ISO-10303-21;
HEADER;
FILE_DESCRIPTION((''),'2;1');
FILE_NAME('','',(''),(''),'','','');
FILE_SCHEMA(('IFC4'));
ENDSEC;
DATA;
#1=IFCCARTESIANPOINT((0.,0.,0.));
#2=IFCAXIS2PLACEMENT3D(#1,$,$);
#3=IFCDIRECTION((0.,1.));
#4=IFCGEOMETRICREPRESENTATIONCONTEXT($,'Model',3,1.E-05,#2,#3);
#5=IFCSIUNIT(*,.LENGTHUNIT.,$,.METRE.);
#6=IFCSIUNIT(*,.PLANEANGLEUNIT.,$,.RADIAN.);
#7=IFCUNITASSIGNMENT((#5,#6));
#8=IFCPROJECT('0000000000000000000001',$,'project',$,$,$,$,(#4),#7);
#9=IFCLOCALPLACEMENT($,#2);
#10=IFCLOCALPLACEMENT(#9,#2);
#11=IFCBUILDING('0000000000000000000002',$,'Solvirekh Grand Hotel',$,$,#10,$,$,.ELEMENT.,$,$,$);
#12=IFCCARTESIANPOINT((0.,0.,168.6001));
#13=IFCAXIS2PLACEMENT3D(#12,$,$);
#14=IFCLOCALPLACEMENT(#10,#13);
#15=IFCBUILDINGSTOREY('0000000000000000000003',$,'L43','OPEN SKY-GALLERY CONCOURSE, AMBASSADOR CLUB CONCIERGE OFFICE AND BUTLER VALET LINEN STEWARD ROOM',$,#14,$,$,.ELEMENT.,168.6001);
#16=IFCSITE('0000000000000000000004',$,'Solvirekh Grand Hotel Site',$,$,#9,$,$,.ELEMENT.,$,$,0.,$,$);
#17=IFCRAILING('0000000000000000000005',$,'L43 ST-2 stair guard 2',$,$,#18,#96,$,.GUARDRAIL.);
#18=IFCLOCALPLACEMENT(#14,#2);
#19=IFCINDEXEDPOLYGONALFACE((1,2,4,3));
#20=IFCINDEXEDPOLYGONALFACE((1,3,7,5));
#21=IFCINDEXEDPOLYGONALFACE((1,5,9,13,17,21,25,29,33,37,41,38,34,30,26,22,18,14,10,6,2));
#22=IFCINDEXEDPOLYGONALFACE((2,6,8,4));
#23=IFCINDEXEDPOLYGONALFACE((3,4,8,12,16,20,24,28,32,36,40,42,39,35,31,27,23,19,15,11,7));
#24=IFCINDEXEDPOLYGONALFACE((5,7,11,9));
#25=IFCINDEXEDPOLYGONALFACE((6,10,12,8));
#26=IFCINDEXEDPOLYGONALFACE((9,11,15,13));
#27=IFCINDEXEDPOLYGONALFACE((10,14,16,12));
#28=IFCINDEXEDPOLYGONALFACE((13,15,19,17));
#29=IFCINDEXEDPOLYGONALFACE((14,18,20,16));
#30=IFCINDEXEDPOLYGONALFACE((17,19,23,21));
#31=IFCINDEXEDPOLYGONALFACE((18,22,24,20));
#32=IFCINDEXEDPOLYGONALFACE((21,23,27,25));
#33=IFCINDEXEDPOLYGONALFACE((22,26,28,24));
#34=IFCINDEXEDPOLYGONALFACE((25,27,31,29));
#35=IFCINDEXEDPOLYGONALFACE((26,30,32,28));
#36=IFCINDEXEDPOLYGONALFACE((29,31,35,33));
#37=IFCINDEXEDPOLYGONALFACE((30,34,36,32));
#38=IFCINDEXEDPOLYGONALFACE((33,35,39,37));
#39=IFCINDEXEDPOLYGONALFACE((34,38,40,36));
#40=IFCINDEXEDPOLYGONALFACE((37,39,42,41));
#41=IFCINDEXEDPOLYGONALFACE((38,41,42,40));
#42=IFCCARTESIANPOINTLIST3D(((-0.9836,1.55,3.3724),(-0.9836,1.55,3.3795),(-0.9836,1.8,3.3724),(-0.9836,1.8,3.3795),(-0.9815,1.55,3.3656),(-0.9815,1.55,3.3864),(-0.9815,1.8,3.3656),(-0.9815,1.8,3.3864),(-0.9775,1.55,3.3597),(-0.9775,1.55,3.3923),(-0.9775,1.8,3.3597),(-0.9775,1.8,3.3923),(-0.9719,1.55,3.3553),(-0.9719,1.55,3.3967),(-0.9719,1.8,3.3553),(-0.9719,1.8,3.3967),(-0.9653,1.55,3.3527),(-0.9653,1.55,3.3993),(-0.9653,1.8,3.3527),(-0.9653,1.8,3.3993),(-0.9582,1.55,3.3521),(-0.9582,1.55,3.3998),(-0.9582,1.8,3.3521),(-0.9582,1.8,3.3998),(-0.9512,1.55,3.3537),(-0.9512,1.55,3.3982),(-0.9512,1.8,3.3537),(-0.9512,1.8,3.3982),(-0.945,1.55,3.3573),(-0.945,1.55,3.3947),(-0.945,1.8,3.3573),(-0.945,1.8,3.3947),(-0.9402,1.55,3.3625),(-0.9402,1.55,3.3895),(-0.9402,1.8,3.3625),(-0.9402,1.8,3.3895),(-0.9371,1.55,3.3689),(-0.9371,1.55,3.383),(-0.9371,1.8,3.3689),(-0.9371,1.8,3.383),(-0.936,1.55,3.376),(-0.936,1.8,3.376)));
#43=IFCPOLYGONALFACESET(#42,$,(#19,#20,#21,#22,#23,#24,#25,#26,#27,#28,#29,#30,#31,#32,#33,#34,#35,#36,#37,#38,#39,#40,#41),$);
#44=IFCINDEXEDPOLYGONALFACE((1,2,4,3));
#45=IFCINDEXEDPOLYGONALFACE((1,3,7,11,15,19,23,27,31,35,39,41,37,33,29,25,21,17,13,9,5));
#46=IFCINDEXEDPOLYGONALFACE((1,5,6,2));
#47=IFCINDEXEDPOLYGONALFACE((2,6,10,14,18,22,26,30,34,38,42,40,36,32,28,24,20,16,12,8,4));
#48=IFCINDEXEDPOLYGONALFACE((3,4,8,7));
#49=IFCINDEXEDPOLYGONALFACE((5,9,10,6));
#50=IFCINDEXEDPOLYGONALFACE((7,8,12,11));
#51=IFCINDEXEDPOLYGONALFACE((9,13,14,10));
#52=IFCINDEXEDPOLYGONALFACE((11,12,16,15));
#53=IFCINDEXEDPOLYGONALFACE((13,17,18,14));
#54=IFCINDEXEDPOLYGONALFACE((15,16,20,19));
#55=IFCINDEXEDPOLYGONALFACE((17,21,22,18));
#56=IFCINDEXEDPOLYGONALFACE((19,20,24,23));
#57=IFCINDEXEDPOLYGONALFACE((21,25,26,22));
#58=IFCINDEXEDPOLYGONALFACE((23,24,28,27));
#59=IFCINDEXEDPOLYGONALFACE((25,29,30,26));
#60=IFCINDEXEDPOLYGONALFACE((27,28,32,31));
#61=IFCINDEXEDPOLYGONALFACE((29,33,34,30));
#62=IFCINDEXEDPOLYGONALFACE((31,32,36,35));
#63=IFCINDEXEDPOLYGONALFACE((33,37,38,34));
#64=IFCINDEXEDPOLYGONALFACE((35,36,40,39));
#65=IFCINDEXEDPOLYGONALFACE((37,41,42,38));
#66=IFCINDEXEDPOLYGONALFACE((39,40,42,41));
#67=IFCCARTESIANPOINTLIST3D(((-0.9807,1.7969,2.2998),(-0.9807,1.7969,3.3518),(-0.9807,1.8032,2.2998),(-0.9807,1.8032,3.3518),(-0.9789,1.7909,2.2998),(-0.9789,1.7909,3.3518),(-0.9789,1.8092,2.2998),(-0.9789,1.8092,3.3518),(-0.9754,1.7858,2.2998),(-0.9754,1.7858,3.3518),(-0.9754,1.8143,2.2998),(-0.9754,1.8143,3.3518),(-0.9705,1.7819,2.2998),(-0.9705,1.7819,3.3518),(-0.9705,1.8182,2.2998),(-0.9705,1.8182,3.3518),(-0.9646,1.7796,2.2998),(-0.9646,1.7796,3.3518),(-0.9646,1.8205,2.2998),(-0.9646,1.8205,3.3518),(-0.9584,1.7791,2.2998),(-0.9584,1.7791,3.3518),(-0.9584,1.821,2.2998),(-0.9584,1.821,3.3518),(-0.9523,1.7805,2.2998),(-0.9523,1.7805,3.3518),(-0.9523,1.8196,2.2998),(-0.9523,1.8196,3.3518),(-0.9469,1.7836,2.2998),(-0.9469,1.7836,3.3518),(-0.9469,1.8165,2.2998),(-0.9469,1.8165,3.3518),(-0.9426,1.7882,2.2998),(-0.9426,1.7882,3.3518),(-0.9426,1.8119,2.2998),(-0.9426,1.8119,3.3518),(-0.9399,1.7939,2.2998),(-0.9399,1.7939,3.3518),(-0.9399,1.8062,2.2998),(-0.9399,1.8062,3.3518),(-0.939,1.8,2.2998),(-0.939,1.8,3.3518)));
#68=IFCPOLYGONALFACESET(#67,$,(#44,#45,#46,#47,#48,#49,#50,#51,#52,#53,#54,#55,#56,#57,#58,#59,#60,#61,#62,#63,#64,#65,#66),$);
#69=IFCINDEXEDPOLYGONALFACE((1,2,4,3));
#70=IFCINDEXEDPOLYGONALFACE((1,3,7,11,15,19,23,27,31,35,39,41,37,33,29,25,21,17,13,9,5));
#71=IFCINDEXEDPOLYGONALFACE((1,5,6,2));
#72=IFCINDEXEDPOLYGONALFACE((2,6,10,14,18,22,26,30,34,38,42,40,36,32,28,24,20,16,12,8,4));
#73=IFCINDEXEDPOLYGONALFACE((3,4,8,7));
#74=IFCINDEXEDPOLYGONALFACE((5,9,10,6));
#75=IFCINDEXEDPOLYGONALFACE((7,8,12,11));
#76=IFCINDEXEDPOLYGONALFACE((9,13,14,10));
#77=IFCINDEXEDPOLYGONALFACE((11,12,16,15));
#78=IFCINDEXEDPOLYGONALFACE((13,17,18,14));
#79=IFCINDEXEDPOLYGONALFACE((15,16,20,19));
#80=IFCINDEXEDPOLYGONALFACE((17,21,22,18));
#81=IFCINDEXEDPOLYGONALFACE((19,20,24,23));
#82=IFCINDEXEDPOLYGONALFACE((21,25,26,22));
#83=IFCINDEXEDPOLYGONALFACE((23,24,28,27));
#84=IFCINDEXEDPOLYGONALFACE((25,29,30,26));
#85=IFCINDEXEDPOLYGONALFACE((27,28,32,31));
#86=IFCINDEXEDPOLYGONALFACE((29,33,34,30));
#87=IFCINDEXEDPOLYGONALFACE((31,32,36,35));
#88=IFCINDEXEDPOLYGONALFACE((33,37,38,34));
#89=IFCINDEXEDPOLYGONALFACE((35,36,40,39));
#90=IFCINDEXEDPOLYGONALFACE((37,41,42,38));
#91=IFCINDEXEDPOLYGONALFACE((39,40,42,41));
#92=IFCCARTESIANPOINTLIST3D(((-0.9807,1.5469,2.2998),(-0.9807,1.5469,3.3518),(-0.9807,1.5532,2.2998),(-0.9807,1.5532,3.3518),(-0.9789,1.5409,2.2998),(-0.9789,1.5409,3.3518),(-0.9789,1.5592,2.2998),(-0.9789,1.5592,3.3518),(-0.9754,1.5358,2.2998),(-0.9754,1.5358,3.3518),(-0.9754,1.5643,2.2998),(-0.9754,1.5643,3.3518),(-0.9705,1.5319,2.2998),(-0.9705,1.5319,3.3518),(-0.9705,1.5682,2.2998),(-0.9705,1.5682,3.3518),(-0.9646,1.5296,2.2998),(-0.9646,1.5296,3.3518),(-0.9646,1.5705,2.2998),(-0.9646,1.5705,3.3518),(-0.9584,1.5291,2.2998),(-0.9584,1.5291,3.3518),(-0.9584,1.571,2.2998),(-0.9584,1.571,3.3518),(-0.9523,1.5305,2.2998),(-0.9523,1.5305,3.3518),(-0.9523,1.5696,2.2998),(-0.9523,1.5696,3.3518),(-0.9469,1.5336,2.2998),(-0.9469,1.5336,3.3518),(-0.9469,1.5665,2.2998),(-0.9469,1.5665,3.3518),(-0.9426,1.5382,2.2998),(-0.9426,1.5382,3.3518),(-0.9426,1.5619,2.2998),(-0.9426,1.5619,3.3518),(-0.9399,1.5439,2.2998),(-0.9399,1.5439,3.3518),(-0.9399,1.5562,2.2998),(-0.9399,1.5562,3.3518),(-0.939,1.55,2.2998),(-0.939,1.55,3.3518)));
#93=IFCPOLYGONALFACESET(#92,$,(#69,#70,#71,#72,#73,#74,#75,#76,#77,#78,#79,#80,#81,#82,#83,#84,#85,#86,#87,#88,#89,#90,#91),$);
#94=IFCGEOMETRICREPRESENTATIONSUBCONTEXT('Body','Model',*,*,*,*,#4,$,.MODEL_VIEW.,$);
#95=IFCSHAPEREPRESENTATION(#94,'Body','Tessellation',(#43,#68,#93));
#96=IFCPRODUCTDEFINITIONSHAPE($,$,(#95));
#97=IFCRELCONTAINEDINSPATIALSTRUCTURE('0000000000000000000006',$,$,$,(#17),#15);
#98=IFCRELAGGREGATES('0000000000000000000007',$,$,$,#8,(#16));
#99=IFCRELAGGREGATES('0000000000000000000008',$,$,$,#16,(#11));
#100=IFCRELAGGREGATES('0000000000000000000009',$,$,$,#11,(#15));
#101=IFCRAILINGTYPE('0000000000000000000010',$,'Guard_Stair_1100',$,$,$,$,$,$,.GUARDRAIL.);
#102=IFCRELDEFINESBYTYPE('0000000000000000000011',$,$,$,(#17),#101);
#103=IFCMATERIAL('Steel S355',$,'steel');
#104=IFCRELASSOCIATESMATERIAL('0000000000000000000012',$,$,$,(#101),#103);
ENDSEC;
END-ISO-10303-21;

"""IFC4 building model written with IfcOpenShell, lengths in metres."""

from ifc_helpers import new_model, si_unit, direction, frame, origin, origin_2d, place, context, subcontext, project, spatial, circle, extrude, material, type_object, element, save


model = new_model("IFC4")

# Units and contexts
model_context = context("Model", 3, precision=1e-05, world=origin(), true_north=direction((0.0, 1.0)))
body_context = subcontext(model_context, "Body", "Model", "MODEL_VIEW")
ifc_project = project(units=[si_unit("LENGTHUNIT", "METRE"), si_unit("PLANEANGLEUNIT", "RADIAN")], contexts=[model_context])

# Site, building, storey
site_placement = place(None, origin())
site = spatial("IfcSite", under=ifc_project, at=site_placement, Name="Solvirekh Grand Hotel Site", CompositionType="ELEMENT", RefElevation=0.0)
building_placement = place(site_placement, origin())
building = spatial("IfcBuilding", under=site, at=building_placement, Name="Solvirekh Grand Hotel", CompositionType="ELEMENT")
storey_placement = place(building_placement, frame((0.0, 0.0, 168.6001)))
storey = spatial("IfcBuildingStorey", under=building, at=storey_placement, Name="L43", Description="OPEN SKY-GALLERY CONCOURSE, AMBASSADOR CLUB CONCIERGE OFFICE AND BUTLER VALET LINEN STEWARD ROOM", CompositionType="ELEMENT", Elevation=168.6001)

# Shared definitions
ifc_material_1 = material(Name="Steel S355", Category="steel")

# Railing
railing_type = type_object("IfcRailingType", Name="Guard_Stair_1100", PredefinedType="GUARDRAIL", material=ifc_material_1)
railing_placement = place(storey_placement, frame((-0.96, 1.8, 2.2998)))
element("IfcRailing", 1, at=railing_placement, inside=storey, type_object=railing_type, Name="L43 ST-2 stair guard 2", PredefinedType="GUARDRAIL", context=body_context, shape_type="SweptSolid", body=[
    extrude(circle(Radius=0.0239, at=origin_2d()), frame((0.0, 0.0, 1.0762), z_axis=(0.0, -1.0, 0.0), x_axis=(1.0, 0.0, 0.0)), (0.0, 0.0, 1.0), 0.25),
    extrude(circle(Radius=0.021, at=origin_2d()), origin(), (0.0, 0.0, 1.0), 1.052),
    extrude(circle(Radius=0.021, at=origin_2d()), frame((0.0, -0.25, 0.0)), (0.0, 0.0, 1.0), 1.052),
])

save(model, "model.ifc")
